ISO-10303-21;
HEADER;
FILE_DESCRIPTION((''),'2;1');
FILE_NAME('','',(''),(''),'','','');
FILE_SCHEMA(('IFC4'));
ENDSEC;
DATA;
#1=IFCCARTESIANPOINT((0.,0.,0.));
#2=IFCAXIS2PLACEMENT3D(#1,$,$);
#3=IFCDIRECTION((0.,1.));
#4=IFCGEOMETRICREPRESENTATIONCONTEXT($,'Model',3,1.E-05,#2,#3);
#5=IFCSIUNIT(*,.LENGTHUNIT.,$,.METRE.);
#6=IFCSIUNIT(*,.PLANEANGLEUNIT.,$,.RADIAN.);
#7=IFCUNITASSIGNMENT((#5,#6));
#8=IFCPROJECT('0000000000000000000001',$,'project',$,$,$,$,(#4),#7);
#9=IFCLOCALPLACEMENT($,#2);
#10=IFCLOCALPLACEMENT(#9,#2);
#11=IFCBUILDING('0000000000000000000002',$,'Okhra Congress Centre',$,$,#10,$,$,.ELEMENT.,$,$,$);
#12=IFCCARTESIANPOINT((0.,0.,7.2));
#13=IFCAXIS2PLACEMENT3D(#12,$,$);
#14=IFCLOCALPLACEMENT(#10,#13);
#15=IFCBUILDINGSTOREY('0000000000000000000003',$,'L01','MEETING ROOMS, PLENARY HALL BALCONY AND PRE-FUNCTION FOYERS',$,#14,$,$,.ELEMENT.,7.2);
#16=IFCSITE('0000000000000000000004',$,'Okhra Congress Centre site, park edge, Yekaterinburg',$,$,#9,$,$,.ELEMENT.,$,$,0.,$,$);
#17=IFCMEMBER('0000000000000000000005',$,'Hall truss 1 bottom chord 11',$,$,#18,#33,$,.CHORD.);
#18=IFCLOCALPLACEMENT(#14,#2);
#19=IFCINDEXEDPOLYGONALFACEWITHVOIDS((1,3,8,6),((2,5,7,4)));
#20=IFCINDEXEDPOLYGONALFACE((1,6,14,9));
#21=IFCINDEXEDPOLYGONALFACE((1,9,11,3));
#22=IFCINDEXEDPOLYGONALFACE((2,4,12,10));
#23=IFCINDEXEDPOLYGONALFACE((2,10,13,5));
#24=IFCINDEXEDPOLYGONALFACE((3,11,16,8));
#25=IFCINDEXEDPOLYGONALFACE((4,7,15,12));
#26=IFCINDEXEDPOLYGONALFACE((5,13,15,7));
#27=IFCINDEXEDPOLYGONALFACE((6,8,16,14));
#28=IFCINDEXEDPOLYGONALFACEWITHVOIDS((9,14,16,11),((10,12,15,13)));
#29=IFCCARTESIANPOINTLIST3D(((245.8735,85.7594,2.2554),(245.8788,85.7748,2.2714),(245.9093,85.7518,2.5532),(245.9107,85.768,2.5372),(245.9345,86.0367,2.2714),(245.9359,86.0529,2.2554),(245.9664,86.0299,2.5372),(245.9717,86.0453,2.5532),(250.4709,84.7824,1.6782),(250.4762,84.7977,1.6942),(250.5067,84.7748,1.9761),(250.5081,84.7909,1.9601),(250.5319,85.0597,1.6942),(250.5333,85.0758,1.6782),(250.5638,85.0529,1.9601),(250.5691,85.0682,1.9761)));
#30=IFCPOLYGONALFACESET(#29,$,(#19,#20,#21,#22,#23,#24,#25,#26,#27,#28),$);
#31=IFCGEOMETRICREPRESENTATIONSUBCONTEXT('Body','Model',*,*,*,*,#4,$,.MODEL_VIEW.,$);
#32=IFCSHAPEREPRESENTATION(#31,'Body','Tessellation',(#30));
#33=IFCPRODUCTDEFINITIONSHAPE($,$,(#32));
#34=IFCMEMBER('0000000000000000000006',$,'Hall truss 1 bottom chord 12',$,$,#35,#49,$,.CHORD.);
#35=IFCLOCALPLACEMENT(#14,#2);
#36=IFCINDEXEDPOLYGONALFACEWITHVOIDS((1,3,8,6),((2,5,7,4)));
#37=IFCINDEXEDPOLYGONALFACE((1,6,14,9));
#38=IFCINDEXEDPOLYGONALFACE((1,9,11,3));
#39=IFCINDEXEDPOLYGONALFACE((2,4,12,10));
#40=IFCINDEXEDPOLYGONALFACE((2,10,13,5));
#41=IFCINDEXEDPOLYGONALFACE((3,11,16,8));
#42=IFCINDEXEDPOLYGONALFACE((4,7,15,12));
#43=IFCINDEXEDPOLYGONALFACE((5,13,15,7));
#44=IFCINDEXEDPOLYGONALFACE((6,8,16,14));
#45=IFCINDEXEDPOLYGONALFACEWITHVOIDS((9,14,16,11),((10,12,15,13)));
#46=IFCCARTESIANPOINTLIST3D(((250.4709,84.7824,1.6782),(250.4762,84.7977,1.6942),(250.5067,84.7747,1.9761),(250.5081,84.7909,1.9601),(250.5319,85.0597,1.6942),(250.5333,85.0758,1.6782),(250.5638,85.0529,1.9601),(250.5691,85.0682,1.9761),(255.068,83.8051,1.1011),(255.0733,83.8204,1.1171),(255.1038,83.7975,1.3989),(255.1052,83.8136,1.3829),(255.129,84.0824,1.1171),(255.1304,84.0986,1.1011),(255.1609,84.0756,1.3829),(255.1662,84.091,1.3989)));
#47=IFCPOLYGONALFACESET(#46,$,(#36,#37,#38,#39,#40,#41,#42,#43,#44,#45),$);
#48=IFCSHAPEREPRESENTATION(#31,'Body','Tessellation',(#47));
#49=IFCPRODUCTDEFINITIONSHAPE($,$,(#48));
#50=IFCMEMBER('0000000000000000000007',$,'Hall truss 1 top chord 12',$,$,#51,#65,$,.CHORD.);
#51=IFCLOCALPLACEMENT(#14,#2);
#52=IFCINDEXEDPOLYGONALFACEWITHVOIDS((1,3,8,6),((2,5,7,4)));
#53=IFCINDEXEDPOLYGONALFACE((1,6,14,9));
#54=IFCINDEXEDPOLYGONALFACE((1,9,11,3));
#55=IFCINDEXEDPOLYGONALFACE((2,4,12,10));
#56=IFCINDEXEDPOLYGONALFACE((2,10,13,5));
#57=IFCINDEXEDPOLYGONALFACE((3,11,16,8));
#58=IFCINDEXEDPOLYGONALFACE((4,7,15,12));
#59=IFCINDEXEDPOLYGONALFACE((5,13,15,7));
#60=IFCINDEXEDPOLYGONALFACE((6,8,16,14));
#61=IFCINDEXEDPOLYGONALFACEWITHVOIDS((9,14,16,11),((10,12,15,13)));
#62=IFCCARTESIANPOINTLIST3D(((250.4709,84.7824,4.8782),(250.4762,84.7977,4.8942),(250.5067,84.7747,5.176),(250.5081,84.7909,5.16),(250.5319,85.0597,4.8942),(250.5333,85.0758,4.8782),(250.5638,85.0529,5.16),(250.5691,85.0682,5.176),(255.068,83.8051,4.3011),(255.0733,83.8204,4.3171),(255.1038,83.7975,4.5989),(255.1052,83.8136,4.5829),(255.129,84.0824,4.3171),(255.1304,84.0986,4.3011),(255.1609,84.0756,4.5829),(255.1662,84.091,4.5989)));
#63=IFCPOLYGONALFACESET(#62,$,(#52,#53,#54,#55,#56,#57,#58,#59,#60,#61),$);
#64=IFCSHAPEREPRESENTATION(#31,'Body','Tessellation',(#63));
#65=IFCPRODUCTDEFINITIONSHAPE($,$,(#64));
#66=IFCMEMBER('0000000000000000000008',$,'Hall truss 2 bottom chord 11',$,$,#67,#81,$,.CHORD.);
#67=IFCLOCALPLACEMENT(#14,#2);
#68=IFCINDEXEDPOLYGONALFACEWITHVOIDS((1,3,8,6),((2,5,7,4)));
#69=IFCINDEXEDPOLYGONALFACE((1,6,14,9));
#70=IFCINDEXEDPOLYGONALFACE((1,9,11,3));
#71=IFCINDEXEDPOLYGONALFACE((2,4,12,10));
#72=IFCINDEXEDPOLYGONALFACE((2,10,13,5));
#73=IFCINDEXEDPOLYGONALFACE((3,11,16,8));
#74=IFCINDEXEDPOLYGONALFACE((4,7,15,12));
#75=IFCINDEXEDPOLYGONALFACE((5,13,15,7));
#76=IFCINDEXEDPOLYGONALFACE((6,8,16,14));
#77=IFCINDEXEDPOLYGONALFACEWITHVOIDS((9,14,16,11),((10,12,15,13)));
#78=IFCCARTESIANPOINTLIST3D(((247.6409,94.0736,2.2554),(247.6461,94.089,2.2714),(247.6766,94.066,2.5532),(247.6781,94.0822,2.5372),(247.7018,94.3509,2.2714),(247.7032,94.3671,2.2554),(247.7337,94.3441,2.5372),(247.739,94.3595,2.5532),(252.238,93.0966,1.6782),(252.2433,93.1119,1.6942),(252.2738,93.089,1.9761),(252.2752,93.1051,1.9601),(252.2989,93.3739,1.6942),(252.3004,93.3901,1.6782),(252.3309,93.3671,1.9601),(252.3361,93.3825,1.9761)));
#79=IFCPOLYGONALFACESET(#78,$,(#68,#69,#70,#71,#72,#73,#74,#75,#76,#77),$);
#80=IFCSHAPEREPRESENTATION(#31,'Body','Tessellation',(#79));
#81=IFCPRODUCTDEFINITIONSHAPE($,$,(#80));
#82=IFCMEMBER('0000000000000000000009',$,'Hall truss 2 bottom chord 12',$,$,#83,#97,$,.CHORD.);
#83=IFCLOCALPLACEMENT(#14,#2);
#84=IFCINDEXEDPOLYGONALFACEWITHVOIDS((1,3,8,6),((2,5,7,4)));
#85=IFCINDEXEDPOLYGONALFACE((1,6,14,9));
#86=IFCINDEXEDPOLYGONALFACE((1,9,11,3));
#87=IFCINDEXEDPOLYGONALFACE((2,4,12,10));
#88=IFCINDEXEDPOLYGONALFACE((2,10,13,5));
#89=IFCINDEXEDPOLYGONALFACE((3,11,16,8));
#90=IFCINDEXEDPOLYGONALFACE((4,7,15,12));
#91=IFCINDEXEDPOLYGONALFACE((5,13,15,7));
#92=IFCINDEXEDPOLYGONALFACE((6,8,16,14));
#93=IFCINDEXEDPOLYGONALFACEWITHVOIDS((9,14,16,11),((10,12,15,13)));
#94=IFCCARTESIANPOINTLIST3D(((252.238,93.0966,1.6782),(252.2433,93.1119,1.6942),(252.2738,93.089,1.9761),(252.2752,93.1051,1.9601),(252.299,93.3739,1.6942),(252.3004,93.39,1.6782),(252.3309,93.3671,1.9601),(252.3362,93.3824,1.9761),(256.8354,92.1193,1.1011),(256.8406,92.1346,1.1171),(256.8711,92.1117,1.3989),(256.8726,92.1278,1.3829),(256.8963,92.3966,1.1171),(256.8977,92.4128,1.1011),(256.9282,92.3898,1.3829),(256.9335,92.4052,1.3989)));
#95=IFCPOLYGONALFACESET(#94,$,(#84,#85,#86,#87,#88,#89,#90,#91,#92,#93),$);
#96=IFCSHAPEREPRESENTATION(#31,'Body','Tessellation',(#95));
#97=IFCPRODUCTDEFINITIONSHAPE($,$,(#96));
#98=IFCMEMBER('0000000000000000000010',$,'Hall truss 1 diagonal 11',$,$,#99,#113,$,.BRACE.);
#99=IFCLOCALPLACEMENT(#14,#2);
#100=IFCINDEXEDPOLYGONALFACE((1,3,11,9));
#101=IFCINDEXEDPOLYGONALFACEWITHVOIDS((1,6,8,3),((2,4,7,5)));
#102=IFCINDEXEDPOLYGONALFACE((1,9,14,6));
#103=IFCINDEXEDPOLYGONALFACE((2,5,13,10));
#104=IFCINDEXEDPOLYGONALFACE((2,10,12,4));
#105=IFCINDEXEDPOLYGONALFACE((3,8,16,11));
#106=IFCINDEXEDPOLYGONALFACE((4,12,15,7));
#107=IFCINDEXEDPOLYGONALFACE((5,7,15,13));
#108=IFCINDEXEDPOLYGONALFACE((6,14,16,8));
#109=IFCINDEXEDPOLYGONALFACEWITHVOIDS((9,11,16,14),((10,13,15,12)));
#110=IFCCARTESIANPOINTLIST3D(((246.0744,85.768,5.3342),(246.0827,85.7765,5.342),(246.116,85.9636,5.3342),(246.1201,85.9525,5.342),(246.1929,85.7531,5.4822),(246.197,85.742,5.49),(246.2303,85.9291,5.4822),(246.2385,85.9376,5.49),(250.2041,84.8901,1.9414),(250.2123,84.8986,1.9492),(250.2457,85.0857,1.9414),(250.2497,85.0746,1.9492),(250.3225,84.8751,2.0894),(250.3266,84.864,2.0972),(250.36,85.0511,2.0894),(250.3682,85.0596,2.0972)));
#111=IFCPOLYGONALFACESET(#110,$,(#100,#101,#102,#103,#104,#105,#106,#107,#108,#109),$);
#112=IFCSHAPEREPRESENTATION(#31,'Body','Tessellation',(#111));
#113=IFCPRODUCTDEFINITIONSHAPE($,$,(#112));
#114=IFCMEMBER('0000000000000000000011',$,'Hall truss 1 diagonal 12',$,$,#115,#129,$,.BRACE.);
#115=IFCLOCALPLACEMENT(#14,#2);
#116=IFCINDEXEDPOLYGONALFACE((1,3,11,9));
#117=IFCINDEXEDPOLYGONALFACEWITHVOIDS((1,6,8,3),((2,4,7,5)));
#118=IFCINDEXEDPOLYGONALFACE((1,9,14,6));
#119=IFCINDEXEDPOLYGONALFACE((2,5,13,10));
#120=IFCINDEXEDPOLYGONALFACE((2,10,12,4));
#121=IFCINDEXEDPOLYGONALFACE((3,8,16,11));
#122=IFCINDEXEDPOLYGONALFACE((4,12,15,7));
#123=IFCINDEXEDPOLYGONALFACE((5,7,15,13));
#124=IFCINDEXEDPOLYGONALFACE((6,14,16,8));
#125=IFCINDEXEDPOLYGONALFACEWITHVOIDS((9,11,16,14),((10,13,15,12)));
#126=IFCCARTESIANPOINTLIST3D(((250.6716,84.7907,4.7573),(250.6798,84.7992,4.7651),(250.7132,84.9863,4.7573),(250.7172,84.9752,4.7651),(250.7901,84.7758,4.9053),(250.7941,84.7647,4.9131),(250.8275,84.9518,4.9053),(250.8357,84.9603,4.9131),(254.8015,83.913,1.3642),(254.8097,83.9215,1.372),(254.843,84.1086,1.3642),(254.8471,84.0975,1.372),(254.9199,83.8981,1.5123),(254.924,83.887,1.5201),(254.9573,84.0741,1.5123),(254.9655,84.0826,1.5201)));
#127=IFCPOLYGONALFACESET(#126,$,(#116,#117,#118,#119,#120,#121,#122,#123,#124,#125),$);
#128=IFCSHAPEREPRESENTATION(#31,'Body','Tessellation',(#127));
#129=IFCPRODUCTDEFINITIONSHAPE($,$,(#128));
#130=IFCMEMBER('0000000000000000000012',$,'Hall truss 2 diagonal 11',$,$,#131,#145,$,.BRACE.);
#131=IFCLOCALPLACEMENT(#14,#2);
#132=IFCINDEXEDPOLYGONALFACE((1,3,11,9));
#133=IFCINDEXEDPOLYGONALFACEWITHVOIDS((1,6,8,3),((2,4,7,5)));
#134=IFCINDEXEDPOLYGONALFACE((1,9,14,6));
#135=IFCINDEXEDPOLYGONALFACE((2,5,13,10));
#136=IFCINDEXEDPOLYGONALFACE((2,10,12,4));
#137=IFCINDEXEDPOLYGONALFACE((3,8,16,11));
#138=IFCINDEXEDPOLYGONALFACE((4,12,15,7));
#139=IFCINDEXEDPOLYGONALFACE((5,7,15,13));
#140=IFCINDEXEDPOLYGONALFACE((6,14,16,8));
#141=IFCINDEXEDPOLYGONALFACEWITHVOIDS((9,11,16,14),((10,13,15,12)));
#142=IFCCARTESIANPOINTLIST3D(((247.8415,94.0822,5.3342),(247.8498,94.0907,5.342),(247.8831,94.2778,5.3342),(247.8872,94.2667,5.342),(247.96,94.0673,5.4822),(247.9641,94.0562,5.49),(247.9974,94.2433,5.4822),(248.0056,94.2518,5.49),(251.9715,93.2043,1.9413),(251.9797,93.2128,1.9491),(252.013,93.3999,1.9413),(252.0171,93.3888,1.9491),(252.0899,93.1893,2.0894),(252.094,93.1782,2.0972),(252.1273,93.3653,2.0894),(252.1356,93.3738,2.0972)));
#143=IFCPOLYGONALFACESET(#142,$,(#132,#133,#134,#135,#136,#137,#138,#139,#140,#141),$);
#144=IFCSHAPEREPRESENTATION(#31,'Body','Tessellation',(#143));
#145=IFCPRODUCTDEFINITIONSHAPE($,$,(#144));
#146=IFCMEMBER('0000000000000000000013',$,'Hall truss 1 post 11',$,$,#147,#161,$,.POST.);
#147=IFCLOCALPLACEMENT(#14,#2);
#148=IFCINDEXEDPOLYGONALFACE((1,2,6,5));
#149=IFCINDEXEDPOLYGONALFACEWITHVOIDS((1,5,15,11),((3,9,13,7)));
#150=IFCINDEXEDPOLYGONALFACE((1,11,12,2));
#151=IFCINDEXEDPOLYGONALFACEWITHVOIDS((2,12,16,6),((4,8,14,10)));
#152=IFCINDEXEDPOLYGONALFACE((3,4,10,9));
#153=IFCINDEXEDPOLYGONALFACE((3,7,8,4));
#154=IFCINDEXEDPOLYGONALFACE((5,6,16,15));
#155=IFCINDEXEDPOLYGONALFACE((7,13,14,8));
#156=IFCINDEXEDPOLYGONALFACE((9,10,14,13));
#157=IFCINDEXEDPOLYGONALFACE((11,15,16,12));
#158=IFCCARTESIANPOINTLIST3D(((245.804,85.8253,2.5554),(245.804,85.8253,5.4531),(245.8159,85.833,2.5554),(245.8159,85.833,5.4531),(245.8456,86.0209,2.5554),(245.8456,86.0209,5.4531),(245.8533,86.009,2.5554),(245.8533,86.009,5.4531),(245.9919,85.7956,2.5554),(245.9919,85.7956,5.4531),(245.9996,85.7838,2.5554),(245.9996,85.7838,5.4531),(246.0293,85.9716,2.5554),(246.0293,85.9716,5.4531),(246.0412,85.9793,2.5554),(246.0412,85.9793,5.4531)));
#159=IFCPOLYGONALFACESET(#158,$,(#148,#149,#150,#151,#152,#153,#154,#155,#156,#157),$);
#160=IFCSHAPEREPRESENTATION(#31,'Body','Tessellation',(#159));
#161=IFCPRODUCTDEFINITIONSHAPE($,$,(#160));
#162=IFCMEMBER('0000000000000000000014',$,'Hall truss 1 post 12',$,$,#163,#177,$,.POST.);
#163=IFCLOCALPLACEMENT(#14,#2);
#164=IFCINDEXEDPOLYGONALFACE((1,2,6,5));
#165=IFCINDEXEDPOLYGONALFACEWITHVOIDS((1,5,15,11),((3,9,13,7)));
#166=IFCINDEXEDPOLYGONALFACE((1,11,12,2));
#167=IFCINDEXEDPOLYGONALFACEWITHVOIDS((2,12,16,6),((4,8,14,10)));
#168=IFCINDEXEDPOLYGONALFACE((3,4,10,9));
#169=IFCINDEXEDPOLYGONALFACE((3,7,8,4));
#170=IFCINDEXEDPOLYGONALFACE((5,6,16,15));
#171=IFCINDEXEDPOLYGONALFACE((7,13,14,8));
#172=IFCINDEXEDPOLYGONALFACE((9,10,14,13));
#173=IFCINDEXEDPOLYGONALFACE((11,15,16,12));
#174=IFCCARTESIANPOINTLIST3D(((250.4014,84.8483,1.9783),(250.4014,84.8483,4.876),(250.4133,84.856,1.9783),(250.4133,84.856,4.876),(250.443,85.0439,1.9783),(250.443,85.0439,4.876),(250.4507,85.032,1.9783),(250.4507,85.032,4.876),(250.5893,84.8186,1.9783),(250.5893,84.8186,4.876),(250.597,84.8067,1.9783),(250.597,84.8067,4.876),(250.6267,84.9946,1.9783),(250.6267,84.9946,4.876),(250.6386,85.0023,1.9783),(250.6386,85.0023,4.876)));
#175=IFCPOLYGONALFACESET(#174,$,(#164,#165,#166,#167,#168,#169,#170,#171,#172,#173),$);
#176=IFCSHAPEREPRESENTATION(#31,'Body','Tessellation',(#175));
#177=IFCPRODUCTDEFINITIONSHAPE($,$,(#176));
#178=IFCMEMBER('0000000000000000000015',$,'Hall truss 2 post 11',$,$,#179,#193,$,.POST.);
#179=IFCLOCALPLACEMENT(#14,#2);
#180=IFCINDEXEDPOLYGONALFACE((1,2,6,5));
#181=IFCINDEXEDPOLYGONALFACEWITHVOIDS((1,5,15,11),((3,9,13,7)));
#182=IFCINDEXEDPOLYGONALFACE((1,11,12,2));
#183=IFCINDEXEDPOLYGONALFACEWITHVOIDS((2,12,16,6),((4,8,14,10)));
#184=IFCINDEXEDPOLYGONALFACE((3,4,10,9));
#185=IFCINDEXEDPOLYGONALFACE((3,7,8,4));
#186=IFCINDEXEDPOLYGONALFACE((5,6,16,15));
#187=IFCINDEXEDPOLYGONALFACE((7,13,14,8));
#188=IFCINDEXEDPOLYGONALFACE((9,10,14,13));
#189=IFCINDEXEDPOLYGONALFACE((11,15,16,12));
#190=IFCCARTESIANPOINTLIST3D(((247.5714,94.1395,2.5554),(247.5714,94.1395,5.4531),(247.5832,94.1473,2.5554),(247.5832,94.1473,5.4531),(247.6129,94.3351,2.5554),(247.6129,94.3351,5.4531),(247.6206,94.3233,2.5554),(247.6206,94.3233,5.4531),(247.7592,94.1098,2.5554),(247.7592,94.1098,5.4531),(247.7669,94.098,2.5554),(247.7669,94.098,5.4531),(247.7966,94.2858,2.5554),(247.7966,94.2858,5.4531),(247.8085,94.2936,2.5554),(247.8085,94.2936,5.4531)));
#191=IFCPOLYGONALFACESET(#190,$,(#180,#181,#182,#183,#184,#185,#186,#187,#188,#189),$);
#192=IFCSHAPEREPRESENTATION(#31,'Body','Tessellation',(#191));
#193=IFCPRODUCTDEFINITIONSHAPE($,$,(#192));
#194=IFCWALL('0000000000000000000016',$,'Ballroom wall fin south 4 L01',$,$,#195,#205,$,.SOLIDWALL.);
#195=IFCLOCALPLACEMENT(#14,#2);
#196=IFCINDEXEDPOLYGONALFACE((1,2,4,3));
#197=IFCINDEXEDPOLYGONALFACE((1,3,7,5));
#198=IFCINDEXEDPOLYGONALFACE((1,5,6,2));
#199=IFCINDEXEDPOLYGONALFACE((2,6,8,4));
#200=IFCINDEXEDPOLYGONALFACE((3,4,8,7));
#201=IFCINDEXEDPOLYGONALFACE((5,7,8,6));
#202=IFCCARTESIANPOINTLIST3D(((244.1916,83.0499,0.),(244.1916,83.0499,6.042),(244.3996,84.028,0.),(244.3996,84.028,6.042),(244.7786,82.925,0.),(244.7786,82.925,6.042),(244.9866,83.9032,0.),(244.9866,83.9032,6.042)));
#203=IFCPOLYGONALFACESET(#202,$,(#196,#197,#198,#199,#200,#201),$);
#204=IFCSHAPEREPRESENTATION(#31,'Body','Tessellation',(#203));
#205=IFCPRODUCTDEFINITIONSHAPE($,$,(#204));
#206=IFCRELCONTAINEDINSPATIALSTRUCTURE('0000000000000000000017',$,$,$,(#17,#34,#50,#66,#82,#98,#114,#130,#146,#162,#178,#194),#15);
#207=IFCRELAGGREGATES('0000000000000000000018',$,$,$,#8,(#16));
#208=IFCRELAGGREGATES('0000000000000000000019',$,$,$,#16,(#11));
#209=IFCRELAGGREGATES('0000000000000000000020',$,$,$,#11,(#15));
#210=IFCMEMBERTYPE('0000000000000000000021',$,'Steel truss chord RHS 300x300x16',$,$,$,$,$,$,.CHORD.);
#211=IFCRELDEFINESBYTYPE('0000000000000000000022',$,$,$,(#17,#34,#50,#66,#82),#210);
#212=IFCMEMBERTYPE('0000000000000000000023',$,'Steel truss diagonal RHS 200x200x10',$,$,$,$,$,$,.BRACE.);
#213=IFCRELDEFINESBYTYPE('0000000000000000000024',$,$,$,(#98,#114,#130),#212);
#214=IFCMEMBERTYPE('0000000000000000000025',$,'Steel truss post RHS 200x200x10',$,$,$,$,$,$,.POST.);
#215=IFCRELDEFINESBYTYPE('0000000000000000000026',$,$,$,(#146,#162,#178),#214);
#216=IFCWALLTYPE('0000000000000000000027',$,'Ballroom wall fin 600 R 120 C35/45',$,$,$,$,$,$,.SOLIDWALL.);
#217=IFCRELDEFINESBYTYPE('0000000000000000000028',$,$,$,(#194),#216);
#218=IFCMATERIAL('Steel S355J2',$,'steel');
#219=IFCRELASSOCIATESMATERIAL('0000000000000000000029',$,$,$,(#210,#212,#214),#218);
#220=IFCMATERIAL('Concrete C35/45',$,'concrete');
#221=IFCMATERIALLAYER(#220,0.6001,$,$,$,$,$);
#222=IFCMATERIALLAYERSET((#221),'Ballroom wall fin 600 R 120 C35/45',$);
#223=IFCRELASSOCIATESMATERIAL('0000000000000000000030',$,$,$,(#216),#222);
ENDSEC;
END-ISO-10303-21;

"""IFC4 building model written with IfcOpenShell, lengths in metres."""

from ifc_helpers import new_model, si_unit, direction, frame, frame_2d, origin, origin_2d, place, context, subcontext, project, spatial, rectangle, hollow_rectangle, extrude, material, layer, layer_set, material_profile, profile_set, type_object, element, save


model = new_model("IFC4")

# Units and contexts
model_context = context("Model", 3, precision=1e-05, world=origin(), true_north=direction((0.0, 1.0)))
body_context = subcontext(model_context, "Body", "Model", "MODEL_VIEW")
ifc_project = project(units=[si_unit("LENGTHUNIT", "METRE"), si_unit("PLANEANGLEUNIT", "RADIAN")], contexts=[model_context])

# Site, building, storey
site_placement = place(None, origin())
site = spatial("IfcSite", under=ifc_project, at=site_placement, Name="Okhra Congress Centre site, park edge, Yekaterinburg", CompositionType="ELEMENT", RefElevation=0.0)
building_placement = place(site_placement, origin())
building = spatial("IfcBuilding", under=site, at=building_placement, Name="Okhra Congress Centre", CompositionType="ELEMENT")
storey_placement = place(building_placement, frame((0.0, 0.0, 7.2)))
storey = spatial("IfcBuildingStorey", under=building, at=storey_placement, Name="L01", Description="MEETING ROOMS, PLENARY HALL BALCONY AND PRE-FUNCTION FOYERS", CompositionType="ELEMENT", Elevation=7.2)

# Members
ifc_material_1 = material(Name="Steel S355J2", Category="steel")
ifc_material_profile_1 = material_profile(ifc_material_1, hollow_rectangle(XDim=0.3, YDim=0.3, WallThickness=0.0161, at=origin_2d()), Name="RHS 300x300x16")
ifc_profile_set_1 = profile_set([ifc_material_profile_1], Name="Steel S355J2")
member_type_1 = type_object("IfcMemberType", Name="Steel truss chord RHS 300x300x16", PredefinedType="CHORD", material=ifc_profile_set_1)
member_1_placement = place(storey_placement, frame((245.9226, 85.9023, 2.4043), z_axis=(0.970862, -0.206329, -0.12188), x_axis=(0.207879, 0.978154, 0.0)))
element("IfcMember", 1, at=member_1_placement, inside=storey, type_object=member_type_1, Name="Hall truss 1 bottom chord 11", PredefinedType="CHORD", context=body_context, shape_type="SweptSolid", body=[
    extrude(hollow_rectangle(XDim=0.3, YDim=0.3, WallThickness=0.0161, at=origin_2d()), origin(), (0.0, 0.0, 1.0), 4.7354),
])
for number, where, z_axis, x_axis, name in (
    (2, (250.52, 84.9253, 1.8271), (0.970849, -0.206389, -0.121885), (0.20794, 0.978142, 0.0), "Hall truss 1 bottom chord 12"),
    (3, (250.52, 84.9253, 5.0271), (0.970849, -0.206389, -0.121885), (0.20794, 0.978142, 0.0), "Hall truss 1 top chord 12"),
    (4, (247.6899, 94.2166, 2.4043), (0.970859, -0.20634, -0.121886), (0.20789, 0.978152, 0.0), "Hall truss 2 bottom chord 11"),
):
    element("IfcMember", number, at=place(storey_placement, frame(where, z_axis=z_axis, x_axis=x_axis)), inside=storey, type_object=member_type_1, Name=name, PredefinedType="CHORD", context=body_context, shape_type="SweptSolid", body=[
        extrude(hollow_rectangle(XDim=0.3, YDim=0.3, WallThickness=0.0161, at=origin_2d()), origin(), (0.0, 0.0, 1.0), 4.7351),
    ])
member_2_placement = place(storey_placement, frame((252.2871, 93.2395, 1.8271), z_axis=(0.970852, -0.206379, -0.121878), x_axis=(0.207929, 0.978144, 0.0)))
element("IfcMember", 5, at=member_2_placement, inside=storey, type_object=member_type_1, Name="Hall truss 2 bottom chord 12", PredefinedType="CHORD", context=body_context, shape_type="SweptSolid", body=[
    extrude(hollow_rectangle(XDim=0.3, YDim=0.3, WallThickness=0.0161, at=origin_2d()), origin(), (0.0, 0.0, 1.0), 4.7354),
])
ifc_material_profile_2 = material_profile(ifc_material_1, hollow_rectangle(XDim=0.2, YDim=0.2, WallThickness=0.01, at=origin_2d()), Name="RHS 200x200x10 diagonal")
ifc_profile_set_2 = profile_set([ifc_material_profile_2], Name="Steel S355J2")
member_type_2 = type_object("IfcMemberType", Name="Steel truss diagonal RHS 200x200x10", PredefinedType="BRACE", material=ifc_profile_set_2)
member_3_placement = place(storey_placement, frame((246.1565, 85.8528, 5.4121), z_axis=(0.762451, -0.162091, -0.626414), x_axis=(0.207945, 0.97814, 0.0)))
element("IfcMember", 6, at=member_3_placement, inside=storey, type_object=member_type_2, Name="Hall truss 1 diagonal 11", PredefinedType="BRACE", context=body_context, shape_type="SweptSolid", body=[
    extrude(hollow_rectangle(XDim=0.2, YDim=0.2, WallThickness=0.01, at=origin_2d()), origin(), (0.0, 0.0, 1.0), 5.4163),
])
for number, where, z_axis, x_axis, name in (
    (7, (250.7537, 84.8755, 4.8352), (0.762454, -0.162037, -0.626424), (0.207878, 0.978155, 0.0), "Hall truss 1 diagonal 12"),
    (8, (247.9236, 94.167, 5.4121), (0.76247, -0.162086, -0.626392), (0.207933, 0.978143, 0.0), "Hall truss 2 diagonal 11"),
):
    element("IfcMember", number, at=place(storey_placement, frame(where, z_axis=z_axis, x_axis=x_axis)), inside=storey, type_object=member_type_2, Name=name, PredefinedType="BRACE", context=body_context, shape_type="SweptSolid", body=[
        extrude(hollow_rectangle(XDim=0.2, YDim=0.2, WallThickness=0.01, at=origin_2d()), origin(), (0.0, 0.0, 1.0), 5.4165),
    ])
ifc_material_profile_3 = material_profile(ifc_material_1, hollow_rectangle(XDim=0.2, YDim=0.2, WallThickness=0.01, at=origin_2d()), Name="RHS 200x200x10")
ifc_profile_set_3 = profile_set([ifc_material_profile_3], Name="Steel S355J2")
member_type_3 = type_object("IfcMemberType", Name="Steel truss post RHS 200x200x10", PredefinedType="POST", material=ifc_profile_set_3)
for number, where, z_axis, x_axis, name in (
    (9, (245.9226, 85.9023, 2.5554), (0.0, 0.0, 1.0), (0.978148, -0.207912, 0.0), "Hall truss 1 post 11"),
    (10, (250.52, 84.9253, 1.9783), (0.0, 0.0, 1.0), (0.978148, -0.207912, 0.0), "Hall truss 1 post 12"),
    (11, (247.6899, 94.2166, 2.5554), (0.0, 0.0, 1.0), (0.978148, -0.207912, 0.0), "Hall truss 2 post 11"),
):
    element("IfcMember", number, at=place(storey_placement, frame(where, z_axis=z_axis, x_axis=x_axis)), inside=storey, type_object=member_type_3, Name=name, PredefinedType="POST", context=body_context, shape_type="SweptSolid", body=[
        extrude(hollow_rectangle(XDim=0.2, YDim=0.2, WallThickness=0.01, at=origin_2d()), origin(), (0.0, 0.0, 1.0), 2.8977),
    ])

# Wall
ifc_material_2 = material(Name="Concrete C35/45", Category="concrete")
ifc_layer_1 = layer(ifc_material_2, 0.6001)
ifc_layer_set_1 = layer_set([ifc_layer_1], Name="Ballroom wall fin 600 R 120 C35/45")
wall_type = type_object("IfcWallType", Name="Ballroom wall fin 600 R 120 C35/45", PredefinedType="SOLIDWALL", material=ifc_layer_set_1)
wall_placement = place(storey_placement, frame((244.6931, 83.9656, 0.0), z_axis=(0.0, 0.0, 1.0), x_axis=(-0.208028, -0.978123, 0.0)))
element("IfcWall", 12, at=wall_placement, inside=storey, type_object=wall_type, Name="Ballroom wall fin south 4 L01", PredefinedType="SOLIDWALL", context=body_context, shape_type="SweptSolid", body=[
    extrude(rectangle(XDim=1.0, YDim=0.6001, at=frame_2d((0.5, 0.0))), origin(), (0.0, 0.0, 1.0), 6.042),
])

save(model, "model.ifc")
